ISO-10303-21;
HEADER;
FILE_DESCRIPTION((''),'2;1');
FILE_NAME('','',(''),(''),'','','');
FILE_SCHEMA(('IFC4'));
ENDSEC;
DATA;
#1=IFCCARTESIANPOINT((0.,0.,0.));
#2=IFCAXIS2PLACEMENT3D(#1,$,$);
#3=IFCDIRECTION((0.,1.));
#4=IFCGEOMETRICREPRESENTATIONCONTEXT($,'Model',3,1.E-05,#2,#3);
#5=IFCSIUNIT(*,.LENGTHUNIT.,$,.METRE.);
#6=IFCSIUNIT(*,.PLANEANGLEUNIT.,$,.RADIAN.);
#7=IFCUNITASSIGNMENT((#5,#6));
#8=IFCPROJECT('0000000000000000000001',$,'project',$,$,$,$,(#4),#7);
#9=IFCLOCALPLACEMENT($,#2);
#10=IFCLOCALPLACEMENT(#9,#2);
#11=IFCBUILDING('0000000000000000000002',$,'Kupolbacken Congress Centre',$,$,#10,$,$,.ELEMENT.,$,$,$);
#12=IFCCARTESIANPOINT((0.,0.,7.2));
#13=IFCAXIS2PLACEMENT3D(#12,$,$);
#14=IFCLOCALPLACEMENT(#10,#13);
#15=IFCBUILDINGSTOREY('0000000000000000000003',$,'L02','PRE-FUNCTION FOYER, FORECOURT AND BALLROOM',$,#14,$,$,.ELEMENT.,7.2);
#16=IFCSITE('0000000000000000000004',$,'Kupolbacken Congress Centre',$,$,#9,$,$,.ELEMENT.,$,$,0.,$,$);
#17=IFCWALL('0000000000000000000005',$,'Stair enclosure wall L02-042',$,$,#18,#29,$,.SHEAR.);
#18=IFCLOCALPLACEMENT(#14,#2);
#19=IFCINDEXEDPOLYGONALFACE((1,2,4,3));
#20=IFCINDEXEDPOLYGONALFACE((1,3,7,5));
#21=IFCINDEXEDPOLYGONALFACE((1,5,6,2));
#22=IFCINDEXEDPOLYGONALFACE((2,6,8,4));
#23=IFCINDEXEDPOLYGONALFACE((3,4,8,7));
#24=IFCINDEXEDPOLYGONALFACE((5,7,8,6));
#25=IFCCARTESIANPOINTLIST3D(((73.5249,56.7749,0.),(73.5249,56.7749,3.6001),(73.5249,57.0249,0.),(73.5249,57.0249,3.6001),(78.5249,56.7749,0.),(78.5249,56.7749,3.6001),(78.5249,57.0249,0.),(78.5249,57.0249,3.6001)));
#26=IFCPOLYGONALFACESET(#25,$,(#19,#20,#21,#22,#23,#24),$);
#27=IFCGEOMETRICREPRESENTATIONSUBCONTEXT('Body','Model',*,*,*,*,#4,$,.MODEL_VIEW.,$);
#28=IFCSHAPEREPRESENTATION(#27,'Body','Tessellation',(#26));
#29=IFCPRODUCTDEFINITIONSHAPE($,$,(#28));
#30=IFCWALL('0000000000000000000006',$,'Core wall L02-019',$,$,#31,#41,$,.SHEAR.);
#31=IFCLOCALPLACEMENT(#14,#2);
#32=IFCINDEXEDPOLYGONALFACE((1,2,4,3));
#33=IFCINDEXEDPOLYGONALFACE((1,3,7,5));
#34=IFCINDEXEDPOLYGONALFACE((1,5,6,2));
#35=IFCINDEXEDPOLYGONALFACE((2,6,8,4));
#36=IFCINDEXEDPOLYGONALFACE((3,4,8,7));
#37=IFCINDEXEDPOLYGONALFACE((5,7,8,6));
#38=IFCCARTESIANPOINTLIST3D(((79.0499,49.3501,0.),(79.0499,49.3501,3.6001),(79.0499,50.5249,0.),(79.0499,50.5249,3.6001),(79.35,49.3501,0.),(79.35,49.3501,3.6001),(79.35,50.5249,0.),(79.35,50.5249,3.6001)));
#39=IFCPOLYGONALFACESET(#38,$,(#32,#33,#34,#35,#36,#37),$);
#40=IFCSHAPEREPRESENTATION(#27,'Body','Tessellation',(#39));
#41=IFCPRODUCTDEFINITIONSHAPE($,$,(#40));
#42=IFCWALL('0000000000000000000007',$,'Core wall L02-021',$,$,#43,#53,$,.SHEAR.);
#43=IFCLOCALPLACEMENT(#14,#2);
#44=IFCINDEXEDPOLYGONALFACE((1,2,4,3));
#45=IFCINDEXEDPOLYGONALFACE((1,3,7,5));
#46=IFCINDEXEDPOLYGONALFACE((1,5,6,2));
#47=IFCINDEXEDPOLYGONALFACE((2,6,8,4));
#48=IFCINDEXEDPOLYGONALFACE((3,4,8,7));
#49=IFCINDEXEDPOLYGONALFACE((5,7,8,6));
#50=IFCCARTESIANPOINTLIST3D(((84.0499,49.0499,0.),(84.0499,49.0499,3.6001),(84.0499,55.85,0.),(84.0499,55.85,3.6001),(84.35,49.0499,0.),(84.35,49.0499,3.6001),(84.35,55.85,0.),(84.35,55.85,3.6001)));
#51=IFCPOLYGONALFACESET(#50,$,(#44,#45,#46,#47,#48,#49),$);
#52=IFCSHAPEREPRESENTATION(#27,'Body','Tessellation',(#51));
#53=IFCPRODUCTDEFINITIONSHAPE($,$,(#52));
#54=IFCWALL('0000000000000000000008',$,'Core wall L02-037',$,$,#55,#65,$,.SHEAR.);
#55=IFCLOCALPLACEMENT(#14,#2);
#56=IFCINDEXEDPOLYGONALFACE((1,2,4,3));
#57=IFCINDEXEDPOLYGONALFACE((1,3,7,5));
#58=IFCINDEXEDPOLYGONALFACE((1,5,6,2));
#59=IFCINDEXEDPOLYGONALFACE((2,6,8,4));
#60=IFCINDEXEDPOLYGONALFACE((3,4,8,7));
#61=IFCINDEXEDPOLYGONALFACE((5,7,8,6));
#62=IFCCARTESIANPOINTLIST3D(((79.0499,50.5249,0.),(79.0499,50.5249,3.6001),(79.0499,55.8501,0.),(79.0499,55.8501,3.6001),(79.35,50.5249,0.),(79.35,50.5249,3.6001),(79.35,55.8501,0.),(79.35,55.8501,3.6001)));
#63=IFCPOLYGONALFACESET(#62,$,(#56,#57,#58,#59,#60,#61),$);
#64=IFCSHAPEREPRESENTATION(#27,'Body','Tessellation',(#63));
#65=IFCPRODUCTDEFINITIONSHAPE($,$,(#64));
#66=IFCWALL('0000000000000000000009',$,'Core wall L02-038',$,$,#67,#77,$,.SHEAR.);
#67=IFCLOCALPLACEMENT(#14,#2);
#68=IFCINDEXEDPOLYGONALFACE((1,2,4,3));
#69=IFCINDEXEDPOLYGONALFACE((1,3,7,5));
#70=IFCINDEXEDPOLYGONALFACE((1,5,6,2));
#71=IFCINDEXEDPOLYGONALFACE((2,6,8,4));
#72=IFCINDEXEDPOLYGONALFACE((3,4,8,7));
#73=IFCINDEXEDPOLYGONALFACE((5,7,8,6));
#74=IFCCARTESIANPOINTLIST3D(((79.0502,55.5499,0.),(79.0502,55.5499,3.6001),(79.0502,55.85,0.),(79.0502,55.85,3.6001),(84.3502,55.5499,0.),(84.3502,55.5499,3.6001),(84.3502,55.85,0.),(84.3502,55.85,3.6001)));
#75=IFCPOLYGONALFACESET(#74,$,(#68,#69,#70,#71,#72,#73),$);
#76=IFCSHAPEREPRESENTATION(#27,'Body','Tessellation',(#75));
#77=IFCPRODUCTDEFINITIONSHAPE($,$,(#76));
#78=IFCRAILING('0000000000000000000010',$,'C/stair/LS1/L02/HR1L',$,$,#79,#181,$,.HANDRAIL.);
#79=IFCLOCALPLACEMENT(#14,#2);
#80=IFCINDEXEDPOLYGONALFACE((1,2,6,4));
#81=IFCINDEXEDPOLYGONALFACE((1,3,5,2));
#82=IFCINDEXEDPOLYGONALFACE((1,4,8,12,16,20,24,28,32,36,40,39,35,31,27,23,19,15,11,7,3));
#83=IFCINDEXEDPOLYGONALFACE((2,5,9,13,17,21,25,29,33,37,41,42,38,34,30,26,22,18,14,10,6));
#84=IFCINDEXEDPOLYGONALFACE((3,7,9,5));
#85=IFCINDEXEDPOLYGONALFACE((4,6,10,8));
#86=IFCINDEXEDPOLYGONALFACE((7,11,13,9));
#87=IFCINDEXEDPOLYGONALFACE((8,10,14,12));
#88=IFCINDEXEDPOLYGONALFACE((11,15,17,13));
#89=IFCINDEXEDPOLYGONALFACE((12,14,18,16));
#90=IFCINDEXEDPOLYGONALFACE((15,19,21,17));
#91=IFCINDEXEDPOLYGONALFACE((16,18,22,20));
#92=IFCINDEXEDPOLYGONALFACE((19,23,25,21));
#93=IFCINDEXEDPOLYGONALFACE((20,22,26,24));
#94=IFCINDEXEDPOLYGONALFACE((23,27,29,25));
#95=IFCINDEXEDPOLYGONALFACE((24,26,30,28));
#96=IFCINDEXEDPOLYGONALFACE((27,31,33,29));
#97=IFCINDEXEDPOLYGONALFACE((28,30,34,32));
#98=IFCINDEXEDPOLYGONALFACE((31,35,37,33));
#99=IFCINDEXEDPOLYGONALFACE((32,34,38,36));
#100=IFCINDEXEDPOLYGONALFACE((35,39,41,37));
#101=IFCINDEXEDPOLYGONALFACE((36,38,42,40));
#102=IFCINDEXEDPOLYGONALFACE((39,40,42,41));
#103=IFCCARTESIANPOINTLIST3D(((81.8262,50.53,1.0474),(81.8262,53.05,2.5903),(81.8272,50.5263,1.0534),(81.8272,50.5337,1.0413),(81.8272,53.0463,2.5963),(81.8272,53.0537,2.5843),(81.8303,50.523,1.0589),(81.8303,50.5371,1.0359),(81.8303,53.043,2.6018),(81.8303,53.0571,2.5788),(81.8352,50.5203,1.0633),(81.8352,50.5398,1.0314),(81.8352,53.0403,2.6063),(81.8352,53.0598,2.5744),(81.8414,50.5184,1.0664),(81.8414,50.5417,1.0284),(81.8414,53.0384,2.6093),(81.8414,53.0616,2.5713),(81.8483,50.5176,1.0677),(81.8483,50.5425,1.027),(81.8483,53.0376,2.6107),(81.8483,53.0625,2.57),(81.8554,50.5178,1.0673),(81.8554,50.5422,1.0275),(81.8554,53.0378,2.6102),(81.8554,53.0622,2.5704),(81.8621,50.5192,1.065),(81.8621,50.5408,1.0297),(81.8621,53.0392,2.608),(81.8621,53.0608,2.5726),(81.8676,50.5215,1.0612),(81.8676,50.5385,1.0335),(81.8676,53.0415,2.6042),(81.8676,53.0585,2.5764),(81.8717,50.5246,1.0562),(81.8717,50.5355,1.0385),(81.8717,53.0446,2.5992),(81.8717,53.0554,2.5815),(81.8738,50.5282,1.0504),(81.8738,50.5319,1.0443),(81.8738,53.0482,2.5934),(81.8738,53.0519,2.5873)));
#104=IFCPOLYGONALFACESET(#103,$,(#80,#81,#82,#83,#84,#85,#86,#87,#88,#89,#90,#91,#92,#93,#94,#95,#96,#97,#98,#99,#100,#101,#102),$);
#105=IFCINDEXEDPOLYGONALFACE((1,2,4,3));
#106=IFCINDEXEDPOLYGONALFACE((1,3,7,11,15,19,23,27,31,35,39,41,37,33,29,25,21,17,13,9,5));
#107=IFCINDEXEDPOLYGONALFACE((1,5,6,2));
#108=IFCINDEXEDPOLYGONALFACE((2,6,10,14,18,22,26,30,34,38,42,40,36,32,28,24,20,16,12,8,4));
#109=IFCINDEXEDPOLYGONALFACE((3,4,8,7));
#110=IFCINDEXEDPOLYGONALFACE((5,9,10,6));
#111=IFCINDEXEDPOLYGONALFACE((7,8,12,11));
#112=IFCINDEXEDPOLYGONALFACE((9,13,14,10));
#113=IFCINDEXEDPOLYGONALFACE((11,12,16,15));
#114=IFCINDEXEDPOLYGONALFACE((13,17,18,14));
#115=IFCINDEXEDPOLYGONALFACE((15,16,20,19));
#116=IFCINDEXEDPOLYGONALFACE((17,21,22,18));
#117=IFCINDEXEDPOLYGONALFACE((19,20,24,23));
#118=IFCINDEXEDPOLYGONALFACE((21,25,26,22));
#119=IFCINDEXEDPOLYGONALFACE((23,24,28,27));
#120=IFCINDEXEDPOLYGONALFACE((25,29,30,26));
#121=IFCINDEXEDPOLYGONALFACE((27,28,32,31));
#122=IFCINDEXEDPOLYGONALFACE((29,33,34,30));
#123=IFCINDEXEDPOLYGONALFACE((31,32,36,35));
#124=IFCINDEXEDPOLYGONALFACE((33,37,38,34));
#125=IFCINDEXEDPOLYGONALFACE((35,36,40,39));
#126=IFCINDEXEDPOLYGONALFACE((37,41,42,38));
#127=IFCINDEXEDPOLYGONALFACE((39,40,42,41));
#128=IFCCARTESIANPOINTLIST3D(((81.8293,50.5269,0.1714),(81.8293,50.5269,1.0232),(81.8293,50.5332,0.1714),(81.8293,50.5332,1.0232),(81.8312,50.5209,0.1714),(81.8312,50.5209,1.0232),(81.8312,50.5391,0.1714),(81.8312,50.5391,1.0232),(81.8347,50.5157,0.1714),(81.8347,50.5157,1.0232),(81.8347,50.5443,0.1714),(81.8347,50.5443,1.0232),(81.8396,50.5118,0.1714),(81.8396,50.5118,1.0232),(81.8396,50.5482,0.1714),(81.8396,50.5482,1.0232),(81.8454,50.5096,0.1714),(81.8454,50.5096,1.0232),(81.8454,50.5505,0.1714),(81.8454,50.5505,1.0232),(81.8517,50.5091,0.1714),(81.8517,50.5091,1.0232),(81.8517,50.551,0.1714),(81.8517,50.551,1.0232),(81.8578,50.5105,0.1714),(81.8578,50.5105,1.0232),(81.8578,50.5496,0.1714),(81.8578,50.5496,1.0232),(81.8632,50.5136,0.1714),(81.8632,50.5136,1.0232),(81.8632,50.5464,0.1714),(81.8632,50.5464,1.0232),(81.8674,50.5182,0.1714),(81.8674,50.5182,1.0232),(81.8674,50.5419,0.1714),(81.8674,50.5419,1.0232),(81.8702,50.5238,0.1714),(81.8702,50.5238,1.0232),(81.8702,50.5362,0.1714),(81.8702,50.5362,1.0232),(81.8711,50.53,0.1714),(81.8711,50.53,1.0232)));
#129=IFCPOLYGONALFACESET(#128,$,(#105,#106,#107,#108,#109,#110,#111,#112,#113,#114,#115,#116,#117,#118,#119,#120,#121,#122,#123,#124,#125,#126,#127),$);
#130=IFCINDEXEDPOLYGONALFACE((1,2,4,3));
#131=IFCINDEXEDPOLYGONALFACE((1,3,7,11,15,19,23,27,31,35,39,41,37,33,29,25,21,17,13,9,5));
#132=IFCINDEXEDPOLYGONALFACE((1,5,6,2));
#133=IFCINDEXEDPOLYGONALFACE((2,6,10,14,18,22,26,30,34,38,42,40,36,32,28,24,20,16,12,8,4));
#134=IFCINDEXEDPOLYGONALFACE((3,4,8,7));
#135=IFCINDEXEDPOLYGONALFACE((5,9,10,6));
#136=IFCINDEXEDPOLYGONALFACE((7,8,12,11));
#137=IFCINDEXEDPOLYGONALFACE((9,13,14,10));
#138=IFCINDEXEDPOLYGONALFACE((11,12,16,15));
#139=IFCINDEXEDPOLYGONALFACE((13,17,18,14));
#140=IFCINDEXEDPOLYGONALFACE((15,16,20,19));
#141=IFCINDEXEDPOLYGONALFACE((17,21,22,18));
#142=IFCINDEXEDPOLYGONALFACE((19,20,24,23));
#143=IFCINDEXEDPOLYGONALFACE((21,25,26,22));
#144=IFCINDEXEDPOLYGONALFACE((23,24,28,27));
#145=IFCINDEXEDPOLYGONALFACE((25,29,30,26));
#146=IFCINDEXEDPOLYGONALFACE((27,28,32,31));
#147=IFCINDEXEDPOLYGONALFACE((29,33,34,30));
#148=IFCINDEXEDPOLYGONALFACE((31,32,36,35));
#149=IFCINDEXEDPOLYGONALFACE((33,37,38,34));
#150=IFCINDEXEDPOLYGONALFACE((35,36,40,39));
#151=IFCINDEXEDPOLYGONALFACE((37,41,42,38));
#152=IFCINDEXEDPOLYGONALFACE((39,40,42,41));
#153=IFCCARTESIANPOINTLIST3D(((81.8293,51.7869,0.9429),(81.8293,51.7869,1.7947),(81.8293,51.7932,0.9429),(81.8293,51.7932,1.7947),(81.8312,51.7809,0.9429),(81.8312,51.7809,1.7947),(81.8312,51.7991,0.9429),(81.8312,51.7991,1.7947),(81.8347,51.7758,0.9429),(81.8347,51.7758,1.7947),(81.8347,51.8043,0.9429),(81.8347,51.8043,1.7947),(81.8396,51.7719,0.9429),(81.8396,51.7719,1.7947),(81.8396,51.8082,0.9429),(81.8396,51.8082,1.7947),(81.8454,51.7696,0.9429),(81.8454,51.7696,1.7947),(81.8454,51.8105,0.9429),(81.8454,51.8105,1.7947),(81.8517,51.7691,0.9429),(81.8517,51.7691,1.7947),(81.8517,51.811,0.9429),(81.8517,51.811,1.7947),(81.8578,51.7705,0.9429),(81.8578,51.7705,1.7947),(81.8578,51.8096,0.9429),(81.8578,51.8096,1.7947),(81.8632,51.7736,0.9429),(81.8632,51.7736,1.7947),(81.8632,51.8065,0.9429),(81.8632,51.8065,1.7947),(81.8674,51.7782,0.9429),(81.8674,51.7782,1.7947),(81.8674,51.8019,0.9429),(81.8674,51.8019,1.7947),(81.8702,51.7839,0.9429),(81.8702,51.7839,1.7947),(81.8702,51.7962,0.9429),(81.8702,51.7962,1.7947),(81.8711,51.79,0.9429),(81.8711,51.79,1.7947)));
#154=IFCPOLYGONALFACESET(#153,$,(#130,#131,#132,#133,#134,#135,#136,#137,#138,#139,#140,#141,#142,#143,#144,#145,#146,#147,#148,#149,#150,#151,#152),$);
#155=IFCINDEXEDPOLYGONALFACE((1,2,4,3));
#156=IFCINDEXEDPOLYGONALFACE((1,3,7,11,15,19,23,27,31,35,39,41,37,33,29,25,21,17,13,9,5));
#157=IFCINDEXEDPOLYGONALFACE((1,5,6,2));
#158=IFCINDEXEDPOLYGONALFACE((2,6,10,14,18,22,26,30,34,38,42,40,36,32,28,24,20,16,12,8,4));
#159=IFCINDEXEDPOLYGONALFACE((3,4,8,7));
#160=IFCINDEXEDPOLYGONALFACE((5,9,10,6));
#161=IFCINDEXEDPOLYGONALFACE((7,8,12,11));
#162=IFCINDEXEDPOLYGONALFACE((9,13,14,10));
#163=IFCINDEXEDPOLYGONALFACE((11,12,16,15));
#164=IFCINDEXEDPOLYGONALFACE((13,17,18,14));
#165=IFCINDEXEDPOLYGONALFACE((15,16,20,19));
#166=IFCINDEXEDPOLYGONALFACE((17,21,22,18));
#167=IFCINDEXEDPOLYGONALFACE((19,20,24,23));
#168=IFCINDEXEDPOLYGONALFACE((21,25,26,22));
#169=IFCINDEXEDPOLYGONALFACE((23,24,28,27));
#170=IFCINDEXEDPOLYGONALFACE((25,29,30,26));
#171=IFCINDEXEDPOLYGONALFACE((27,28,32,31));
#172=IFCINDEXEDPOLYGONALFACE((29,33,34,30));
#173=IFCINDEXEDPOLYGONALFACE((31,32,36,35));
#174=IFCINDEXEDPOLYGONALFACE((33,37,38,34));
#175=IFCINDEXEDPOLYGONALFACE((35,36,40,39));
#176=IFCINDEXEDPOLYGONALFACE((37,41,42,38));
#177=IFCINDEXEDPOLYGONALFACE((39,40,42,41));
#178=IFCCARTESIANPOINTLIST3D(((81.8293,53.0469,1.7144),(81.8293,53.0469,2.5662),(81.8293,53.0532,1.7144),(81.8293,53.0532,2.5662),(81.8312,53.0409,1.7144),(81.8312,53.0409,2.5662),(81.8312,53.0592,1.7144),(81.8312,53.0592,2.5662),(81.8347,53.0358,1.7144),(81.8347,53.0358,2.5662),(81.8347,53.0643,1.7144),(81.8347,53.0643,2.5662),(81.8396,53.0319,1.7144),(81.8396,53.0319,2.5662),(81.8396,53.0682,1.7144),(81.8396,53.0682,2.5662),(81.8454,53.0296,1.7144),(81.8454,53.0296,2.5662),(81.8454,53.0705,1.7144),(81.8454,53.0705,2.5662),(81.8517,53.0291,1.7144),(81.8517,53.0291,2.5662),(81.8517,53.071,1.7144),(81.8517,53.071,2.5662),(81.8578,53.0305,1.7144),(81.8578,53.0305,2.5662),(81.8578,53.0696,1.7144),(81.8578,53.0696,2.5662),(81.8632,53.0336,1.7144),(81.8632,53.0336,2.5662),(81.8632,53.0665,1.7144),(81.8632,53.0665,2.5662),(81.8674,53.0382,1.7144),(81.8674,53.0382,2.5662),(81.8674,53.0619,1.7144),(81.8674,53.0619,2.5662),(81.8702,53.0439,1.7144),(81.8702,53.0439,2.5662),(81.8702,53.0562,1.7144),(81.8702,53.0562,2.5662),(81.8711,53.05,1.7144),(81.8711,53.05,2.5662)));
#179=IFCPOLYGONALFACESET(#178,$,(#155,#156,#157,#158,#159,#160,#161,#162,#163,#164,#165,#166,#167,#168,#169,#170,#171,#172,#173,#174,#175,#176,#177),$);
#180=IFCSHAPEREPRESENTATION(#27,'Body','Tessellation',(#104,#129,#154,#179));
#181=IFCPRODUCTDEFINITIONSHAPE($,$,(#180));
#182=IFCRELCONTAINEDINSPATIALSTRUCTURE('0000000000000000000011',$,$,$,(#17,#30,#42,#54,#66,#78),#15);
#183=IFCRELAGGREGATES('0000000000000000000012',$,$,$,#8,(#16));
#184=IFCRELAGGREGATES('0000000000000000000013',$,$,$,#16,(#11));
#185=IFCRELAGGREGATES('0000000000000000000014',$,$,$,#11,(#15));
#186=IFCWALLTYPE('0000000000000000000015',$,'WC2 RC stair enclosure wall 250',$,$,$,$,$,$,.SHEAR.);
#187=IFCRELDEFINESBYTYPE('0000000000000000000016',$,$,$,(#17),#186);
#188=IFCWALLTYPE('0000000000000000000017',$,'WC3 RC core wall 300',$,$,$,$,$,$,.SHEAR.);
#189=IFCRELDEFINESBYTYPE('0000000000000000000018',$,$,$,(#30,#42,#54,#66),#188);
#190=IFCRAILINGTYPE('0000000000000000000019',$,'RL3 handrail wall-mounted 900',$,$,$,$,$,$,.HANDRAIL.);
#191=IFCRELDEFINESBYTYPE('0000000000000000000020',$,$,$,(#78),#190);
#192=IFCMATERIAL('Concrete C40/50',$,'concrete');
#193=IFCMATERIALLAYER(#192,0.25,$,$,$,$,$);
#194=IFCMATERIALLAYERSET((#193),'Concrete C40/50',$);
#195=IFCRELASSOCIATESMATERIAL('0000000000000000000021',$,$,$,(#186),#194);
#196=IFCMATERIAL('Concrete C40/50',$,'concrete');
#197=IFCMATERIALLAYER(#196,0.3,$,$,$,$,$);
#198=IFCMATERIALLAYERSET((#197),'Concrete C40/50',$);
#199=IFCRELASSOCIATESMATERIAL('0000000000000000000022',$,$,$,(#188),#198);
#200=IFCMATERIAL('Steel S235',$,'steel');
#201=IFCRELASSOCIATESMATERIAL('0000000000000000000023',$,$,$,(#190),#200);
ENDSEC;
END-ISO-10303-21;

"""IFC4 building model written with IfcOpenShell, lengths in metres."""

from ifc_helpers import new_model, si_unit, direction, frame, frame_2d, origin, origin_2d, place, context, subcontext, project, spatial, rectangle, circle, extrude, material, layer, layer_set, type_object, element, save


model = new_model("IFC4")

# Units and contexts
model_context = context("Model", 3, precision=1e-05, world=origin(), true_north=direction((0.0, 1.0)))
body_context = subcontext(model_context, "Body", "Model", "MODEL_VIEW")
ifc_project = project(units=[si_unit("LENGTHUNIT", "METRE"), si_unit("PLANEANGLEUNIT", "RADIAN")], contexts=[model_context])

# Site, building, storey
site_placement = place(None, origin())
site = spatial("IfcSite", under=ifc_project, at=site_placement, Name="Kupolbacken Congress Centre", CompositionType="ELEMENT", RefElevation=0.0)
building_placement = place(site_placement, origin())
building = spatial("IfcBuilding", under=site, at=building_placement, Name="Kupolbacken Congress Centre", CompositionType="ELEMENT")
storey_placement = place(building_placement, frame((0.0, 0.0, 7.2)))
storey = spatial("IfcBuildingStorey", under=building, at=storey_placement, Name="L02", Description="PRE-FUNCTION FOYER, FORECOURT AND BALLROOM", CompositionType="ELEMENT", Elevation=7.2)

# Shared definitions
ifc_material_1 = material(Name="Concrete C40/50", Category="concrete")
ifc_layer_1 = layer(ifc_material_1, 0.25)
ifc_layer_set_1 = layer_set([ifc_layer_1], Name="Concrete C40/50")
wall_type_1 = type_object("IfcWallType", Name="WC2 RC stair enclosure wall 250", PredefinedType="SHEAR", material=ifc_layer_set_1)

# Wall
wall_1_placement = place(storey_placement, frame((78.5249, 56.8999, 0.0), z_axis=(0.0, 0.0, 1.0), x_axis=(-1.0, 0.0, 0.0)))
element("IfcWall", 1, at=wall_1_placement, inside=storey, type_object=wall_type_1, Name="Stair enclosure wall L02-042", PredefinedType="SHEAR", context=body_context, shape_type="SweptSolid", body=[
    extrude(rectangle(XDim=5.0, YDim=0.25, at=frame_2d((2.5, 0.0))), origin(), (0.0, 0.0, 1.0), 3.6001),
])

# Shared definitions
ifc_material_2 = material(Name="Concrete C40/50", Category="concrete")
ifc_layer_2 = layer(ifc_material_2, 0.3)
ifc_layer_set_2 = layer_set([ifc_layer_2], Name="Concrete C40/50")
wall_type_2 = type_object("IfcWallType", Name="WC3 RC core wall 300", PredefinedType="SHEAR", material=ifc_layer_set_2)

# Walls
wall_2_placement = place(storey_placement, frame((79.2, 49.3501, 0.0), z_axis=(0.0, 0.0, 1.0), x_axis=(0.0, 1.0, 0.0)))
element("IfcWall", 2, at=wall_2_placement, inside=storey, type_object=wall_type_2, Name="Core wall L02-019", PredefinedType="SHEAR", context=body_context, shape_type="SweptSolid", body=[
    extrude(rectangle(XDim=1.1748, YDim=0.3, at=frame_2d((0.5874, 0.0))), origin(), (0.0, 0.0, 1.0), 3.6001),
])
wall_3_placement = place(storey_placement, frame((84.2, 49.05, 0.0), z_axis=(0.0, 0.0, 1.0), x_axis=(0.0, 1.0, 0.0)))
element("IfcWall", 3, at=wall_3_placement, inside=storey, type_object=wall_type_2, Name="Core wall L02-021", PredefinedType="SHEAR", context=body_context, shape_type="SweptSolid", body=[
    extrude(rectangle(XDim=6.8, YDim=0.3, at=frame_2d((3.3999, 0.0))), origin(), (0.0, 0.0, 1.0), 3.6001),
])
wall_4_placement = place(storey_placement, frame((79.2, 55.8501, 0.0), z_axis=(0.0, 0.0, 1.0), x_axis=(0.0, -1.0, 0.0)))
element("IfcWall", 4, at=wall_4_placement, inside=storey, type_object=wall_type_2, Name="Core wall L02-037", PredefinedType="SHEAR", context=body_context, shape_type="SweptSolid", body=[
    extrude(rectangle(XDim=5.3252, YDim=0.3, at=frame_2d((2.6626, 0.0))), origin(), (0.0, 0.0, 1.0), 3.6001),
])
wall_5_placement = place(storey_placement, frame((84.3501, 55.7, 0.0), z_axis=(0.0, 0.0, 1.0), x_axis=(-1.0, 0.0, 0.0)))
element("IfcWall", 5, at=wall_5_placement, inside=storey, type_object=wall_type_2, Name="Core wall L02-038", PredefinedType="SHEAR", context=body_context, shape_type="SweptSolid", body=[
    extrude(rectangle(XDim=5.3, YDim=0.3, at=frame_2d((2.6499, 0.0))), origin(), (0.0, 0.0, 1.0), 3.6001),
])

# Railing
ifc_material_3 = material(Name="Steel S235", Category="steel")
railing_type = type_object("IfcRailingType", Name="RL3 handrail wall-mounted 900", PredefinedType="HANDRAIL", material=ifc_material_3)
for number, where, name in (
    (6, (81.8501, 50.53, 0.1714), "C/stair/LS1/L02/HR1L"),
):
    element("IfcRailing", number, at=place(storey_placement, frame(where)), inside=storey, type_object=railing_type, Name=name, PredefinedType="HANDRAIL", context=body_context, shape_type="SweptSolid", body=[
        extrude(circle(Radius=0.0239, at=origin_2d()), frame((0.0, 0.0, 0.876), z_axis=(0.0, 0.852836, 0.522178), x_axis=(-1.0, 0.0, 0.0)), (0.0, 0.0, 1.0), 2.9548),
        extrude(circle(Radius=0.021, at=origin_2d()), origin(), (0.0, 0.0, 1.0), 0.8518),
        extrude(circle(Radius=0.021, at=origin_2d()), frame((0.0, 1.26, 0.7715)), (0.0, 0.0, 1.0), 0.8518),
        extrude(circle(Radius=0.021, at=origin_2d()), frame((0.0, 2.52, 1.543)), (0.0, 0.0, 1.0), 0.8518),
    ])

save(model, "model.ifc")
